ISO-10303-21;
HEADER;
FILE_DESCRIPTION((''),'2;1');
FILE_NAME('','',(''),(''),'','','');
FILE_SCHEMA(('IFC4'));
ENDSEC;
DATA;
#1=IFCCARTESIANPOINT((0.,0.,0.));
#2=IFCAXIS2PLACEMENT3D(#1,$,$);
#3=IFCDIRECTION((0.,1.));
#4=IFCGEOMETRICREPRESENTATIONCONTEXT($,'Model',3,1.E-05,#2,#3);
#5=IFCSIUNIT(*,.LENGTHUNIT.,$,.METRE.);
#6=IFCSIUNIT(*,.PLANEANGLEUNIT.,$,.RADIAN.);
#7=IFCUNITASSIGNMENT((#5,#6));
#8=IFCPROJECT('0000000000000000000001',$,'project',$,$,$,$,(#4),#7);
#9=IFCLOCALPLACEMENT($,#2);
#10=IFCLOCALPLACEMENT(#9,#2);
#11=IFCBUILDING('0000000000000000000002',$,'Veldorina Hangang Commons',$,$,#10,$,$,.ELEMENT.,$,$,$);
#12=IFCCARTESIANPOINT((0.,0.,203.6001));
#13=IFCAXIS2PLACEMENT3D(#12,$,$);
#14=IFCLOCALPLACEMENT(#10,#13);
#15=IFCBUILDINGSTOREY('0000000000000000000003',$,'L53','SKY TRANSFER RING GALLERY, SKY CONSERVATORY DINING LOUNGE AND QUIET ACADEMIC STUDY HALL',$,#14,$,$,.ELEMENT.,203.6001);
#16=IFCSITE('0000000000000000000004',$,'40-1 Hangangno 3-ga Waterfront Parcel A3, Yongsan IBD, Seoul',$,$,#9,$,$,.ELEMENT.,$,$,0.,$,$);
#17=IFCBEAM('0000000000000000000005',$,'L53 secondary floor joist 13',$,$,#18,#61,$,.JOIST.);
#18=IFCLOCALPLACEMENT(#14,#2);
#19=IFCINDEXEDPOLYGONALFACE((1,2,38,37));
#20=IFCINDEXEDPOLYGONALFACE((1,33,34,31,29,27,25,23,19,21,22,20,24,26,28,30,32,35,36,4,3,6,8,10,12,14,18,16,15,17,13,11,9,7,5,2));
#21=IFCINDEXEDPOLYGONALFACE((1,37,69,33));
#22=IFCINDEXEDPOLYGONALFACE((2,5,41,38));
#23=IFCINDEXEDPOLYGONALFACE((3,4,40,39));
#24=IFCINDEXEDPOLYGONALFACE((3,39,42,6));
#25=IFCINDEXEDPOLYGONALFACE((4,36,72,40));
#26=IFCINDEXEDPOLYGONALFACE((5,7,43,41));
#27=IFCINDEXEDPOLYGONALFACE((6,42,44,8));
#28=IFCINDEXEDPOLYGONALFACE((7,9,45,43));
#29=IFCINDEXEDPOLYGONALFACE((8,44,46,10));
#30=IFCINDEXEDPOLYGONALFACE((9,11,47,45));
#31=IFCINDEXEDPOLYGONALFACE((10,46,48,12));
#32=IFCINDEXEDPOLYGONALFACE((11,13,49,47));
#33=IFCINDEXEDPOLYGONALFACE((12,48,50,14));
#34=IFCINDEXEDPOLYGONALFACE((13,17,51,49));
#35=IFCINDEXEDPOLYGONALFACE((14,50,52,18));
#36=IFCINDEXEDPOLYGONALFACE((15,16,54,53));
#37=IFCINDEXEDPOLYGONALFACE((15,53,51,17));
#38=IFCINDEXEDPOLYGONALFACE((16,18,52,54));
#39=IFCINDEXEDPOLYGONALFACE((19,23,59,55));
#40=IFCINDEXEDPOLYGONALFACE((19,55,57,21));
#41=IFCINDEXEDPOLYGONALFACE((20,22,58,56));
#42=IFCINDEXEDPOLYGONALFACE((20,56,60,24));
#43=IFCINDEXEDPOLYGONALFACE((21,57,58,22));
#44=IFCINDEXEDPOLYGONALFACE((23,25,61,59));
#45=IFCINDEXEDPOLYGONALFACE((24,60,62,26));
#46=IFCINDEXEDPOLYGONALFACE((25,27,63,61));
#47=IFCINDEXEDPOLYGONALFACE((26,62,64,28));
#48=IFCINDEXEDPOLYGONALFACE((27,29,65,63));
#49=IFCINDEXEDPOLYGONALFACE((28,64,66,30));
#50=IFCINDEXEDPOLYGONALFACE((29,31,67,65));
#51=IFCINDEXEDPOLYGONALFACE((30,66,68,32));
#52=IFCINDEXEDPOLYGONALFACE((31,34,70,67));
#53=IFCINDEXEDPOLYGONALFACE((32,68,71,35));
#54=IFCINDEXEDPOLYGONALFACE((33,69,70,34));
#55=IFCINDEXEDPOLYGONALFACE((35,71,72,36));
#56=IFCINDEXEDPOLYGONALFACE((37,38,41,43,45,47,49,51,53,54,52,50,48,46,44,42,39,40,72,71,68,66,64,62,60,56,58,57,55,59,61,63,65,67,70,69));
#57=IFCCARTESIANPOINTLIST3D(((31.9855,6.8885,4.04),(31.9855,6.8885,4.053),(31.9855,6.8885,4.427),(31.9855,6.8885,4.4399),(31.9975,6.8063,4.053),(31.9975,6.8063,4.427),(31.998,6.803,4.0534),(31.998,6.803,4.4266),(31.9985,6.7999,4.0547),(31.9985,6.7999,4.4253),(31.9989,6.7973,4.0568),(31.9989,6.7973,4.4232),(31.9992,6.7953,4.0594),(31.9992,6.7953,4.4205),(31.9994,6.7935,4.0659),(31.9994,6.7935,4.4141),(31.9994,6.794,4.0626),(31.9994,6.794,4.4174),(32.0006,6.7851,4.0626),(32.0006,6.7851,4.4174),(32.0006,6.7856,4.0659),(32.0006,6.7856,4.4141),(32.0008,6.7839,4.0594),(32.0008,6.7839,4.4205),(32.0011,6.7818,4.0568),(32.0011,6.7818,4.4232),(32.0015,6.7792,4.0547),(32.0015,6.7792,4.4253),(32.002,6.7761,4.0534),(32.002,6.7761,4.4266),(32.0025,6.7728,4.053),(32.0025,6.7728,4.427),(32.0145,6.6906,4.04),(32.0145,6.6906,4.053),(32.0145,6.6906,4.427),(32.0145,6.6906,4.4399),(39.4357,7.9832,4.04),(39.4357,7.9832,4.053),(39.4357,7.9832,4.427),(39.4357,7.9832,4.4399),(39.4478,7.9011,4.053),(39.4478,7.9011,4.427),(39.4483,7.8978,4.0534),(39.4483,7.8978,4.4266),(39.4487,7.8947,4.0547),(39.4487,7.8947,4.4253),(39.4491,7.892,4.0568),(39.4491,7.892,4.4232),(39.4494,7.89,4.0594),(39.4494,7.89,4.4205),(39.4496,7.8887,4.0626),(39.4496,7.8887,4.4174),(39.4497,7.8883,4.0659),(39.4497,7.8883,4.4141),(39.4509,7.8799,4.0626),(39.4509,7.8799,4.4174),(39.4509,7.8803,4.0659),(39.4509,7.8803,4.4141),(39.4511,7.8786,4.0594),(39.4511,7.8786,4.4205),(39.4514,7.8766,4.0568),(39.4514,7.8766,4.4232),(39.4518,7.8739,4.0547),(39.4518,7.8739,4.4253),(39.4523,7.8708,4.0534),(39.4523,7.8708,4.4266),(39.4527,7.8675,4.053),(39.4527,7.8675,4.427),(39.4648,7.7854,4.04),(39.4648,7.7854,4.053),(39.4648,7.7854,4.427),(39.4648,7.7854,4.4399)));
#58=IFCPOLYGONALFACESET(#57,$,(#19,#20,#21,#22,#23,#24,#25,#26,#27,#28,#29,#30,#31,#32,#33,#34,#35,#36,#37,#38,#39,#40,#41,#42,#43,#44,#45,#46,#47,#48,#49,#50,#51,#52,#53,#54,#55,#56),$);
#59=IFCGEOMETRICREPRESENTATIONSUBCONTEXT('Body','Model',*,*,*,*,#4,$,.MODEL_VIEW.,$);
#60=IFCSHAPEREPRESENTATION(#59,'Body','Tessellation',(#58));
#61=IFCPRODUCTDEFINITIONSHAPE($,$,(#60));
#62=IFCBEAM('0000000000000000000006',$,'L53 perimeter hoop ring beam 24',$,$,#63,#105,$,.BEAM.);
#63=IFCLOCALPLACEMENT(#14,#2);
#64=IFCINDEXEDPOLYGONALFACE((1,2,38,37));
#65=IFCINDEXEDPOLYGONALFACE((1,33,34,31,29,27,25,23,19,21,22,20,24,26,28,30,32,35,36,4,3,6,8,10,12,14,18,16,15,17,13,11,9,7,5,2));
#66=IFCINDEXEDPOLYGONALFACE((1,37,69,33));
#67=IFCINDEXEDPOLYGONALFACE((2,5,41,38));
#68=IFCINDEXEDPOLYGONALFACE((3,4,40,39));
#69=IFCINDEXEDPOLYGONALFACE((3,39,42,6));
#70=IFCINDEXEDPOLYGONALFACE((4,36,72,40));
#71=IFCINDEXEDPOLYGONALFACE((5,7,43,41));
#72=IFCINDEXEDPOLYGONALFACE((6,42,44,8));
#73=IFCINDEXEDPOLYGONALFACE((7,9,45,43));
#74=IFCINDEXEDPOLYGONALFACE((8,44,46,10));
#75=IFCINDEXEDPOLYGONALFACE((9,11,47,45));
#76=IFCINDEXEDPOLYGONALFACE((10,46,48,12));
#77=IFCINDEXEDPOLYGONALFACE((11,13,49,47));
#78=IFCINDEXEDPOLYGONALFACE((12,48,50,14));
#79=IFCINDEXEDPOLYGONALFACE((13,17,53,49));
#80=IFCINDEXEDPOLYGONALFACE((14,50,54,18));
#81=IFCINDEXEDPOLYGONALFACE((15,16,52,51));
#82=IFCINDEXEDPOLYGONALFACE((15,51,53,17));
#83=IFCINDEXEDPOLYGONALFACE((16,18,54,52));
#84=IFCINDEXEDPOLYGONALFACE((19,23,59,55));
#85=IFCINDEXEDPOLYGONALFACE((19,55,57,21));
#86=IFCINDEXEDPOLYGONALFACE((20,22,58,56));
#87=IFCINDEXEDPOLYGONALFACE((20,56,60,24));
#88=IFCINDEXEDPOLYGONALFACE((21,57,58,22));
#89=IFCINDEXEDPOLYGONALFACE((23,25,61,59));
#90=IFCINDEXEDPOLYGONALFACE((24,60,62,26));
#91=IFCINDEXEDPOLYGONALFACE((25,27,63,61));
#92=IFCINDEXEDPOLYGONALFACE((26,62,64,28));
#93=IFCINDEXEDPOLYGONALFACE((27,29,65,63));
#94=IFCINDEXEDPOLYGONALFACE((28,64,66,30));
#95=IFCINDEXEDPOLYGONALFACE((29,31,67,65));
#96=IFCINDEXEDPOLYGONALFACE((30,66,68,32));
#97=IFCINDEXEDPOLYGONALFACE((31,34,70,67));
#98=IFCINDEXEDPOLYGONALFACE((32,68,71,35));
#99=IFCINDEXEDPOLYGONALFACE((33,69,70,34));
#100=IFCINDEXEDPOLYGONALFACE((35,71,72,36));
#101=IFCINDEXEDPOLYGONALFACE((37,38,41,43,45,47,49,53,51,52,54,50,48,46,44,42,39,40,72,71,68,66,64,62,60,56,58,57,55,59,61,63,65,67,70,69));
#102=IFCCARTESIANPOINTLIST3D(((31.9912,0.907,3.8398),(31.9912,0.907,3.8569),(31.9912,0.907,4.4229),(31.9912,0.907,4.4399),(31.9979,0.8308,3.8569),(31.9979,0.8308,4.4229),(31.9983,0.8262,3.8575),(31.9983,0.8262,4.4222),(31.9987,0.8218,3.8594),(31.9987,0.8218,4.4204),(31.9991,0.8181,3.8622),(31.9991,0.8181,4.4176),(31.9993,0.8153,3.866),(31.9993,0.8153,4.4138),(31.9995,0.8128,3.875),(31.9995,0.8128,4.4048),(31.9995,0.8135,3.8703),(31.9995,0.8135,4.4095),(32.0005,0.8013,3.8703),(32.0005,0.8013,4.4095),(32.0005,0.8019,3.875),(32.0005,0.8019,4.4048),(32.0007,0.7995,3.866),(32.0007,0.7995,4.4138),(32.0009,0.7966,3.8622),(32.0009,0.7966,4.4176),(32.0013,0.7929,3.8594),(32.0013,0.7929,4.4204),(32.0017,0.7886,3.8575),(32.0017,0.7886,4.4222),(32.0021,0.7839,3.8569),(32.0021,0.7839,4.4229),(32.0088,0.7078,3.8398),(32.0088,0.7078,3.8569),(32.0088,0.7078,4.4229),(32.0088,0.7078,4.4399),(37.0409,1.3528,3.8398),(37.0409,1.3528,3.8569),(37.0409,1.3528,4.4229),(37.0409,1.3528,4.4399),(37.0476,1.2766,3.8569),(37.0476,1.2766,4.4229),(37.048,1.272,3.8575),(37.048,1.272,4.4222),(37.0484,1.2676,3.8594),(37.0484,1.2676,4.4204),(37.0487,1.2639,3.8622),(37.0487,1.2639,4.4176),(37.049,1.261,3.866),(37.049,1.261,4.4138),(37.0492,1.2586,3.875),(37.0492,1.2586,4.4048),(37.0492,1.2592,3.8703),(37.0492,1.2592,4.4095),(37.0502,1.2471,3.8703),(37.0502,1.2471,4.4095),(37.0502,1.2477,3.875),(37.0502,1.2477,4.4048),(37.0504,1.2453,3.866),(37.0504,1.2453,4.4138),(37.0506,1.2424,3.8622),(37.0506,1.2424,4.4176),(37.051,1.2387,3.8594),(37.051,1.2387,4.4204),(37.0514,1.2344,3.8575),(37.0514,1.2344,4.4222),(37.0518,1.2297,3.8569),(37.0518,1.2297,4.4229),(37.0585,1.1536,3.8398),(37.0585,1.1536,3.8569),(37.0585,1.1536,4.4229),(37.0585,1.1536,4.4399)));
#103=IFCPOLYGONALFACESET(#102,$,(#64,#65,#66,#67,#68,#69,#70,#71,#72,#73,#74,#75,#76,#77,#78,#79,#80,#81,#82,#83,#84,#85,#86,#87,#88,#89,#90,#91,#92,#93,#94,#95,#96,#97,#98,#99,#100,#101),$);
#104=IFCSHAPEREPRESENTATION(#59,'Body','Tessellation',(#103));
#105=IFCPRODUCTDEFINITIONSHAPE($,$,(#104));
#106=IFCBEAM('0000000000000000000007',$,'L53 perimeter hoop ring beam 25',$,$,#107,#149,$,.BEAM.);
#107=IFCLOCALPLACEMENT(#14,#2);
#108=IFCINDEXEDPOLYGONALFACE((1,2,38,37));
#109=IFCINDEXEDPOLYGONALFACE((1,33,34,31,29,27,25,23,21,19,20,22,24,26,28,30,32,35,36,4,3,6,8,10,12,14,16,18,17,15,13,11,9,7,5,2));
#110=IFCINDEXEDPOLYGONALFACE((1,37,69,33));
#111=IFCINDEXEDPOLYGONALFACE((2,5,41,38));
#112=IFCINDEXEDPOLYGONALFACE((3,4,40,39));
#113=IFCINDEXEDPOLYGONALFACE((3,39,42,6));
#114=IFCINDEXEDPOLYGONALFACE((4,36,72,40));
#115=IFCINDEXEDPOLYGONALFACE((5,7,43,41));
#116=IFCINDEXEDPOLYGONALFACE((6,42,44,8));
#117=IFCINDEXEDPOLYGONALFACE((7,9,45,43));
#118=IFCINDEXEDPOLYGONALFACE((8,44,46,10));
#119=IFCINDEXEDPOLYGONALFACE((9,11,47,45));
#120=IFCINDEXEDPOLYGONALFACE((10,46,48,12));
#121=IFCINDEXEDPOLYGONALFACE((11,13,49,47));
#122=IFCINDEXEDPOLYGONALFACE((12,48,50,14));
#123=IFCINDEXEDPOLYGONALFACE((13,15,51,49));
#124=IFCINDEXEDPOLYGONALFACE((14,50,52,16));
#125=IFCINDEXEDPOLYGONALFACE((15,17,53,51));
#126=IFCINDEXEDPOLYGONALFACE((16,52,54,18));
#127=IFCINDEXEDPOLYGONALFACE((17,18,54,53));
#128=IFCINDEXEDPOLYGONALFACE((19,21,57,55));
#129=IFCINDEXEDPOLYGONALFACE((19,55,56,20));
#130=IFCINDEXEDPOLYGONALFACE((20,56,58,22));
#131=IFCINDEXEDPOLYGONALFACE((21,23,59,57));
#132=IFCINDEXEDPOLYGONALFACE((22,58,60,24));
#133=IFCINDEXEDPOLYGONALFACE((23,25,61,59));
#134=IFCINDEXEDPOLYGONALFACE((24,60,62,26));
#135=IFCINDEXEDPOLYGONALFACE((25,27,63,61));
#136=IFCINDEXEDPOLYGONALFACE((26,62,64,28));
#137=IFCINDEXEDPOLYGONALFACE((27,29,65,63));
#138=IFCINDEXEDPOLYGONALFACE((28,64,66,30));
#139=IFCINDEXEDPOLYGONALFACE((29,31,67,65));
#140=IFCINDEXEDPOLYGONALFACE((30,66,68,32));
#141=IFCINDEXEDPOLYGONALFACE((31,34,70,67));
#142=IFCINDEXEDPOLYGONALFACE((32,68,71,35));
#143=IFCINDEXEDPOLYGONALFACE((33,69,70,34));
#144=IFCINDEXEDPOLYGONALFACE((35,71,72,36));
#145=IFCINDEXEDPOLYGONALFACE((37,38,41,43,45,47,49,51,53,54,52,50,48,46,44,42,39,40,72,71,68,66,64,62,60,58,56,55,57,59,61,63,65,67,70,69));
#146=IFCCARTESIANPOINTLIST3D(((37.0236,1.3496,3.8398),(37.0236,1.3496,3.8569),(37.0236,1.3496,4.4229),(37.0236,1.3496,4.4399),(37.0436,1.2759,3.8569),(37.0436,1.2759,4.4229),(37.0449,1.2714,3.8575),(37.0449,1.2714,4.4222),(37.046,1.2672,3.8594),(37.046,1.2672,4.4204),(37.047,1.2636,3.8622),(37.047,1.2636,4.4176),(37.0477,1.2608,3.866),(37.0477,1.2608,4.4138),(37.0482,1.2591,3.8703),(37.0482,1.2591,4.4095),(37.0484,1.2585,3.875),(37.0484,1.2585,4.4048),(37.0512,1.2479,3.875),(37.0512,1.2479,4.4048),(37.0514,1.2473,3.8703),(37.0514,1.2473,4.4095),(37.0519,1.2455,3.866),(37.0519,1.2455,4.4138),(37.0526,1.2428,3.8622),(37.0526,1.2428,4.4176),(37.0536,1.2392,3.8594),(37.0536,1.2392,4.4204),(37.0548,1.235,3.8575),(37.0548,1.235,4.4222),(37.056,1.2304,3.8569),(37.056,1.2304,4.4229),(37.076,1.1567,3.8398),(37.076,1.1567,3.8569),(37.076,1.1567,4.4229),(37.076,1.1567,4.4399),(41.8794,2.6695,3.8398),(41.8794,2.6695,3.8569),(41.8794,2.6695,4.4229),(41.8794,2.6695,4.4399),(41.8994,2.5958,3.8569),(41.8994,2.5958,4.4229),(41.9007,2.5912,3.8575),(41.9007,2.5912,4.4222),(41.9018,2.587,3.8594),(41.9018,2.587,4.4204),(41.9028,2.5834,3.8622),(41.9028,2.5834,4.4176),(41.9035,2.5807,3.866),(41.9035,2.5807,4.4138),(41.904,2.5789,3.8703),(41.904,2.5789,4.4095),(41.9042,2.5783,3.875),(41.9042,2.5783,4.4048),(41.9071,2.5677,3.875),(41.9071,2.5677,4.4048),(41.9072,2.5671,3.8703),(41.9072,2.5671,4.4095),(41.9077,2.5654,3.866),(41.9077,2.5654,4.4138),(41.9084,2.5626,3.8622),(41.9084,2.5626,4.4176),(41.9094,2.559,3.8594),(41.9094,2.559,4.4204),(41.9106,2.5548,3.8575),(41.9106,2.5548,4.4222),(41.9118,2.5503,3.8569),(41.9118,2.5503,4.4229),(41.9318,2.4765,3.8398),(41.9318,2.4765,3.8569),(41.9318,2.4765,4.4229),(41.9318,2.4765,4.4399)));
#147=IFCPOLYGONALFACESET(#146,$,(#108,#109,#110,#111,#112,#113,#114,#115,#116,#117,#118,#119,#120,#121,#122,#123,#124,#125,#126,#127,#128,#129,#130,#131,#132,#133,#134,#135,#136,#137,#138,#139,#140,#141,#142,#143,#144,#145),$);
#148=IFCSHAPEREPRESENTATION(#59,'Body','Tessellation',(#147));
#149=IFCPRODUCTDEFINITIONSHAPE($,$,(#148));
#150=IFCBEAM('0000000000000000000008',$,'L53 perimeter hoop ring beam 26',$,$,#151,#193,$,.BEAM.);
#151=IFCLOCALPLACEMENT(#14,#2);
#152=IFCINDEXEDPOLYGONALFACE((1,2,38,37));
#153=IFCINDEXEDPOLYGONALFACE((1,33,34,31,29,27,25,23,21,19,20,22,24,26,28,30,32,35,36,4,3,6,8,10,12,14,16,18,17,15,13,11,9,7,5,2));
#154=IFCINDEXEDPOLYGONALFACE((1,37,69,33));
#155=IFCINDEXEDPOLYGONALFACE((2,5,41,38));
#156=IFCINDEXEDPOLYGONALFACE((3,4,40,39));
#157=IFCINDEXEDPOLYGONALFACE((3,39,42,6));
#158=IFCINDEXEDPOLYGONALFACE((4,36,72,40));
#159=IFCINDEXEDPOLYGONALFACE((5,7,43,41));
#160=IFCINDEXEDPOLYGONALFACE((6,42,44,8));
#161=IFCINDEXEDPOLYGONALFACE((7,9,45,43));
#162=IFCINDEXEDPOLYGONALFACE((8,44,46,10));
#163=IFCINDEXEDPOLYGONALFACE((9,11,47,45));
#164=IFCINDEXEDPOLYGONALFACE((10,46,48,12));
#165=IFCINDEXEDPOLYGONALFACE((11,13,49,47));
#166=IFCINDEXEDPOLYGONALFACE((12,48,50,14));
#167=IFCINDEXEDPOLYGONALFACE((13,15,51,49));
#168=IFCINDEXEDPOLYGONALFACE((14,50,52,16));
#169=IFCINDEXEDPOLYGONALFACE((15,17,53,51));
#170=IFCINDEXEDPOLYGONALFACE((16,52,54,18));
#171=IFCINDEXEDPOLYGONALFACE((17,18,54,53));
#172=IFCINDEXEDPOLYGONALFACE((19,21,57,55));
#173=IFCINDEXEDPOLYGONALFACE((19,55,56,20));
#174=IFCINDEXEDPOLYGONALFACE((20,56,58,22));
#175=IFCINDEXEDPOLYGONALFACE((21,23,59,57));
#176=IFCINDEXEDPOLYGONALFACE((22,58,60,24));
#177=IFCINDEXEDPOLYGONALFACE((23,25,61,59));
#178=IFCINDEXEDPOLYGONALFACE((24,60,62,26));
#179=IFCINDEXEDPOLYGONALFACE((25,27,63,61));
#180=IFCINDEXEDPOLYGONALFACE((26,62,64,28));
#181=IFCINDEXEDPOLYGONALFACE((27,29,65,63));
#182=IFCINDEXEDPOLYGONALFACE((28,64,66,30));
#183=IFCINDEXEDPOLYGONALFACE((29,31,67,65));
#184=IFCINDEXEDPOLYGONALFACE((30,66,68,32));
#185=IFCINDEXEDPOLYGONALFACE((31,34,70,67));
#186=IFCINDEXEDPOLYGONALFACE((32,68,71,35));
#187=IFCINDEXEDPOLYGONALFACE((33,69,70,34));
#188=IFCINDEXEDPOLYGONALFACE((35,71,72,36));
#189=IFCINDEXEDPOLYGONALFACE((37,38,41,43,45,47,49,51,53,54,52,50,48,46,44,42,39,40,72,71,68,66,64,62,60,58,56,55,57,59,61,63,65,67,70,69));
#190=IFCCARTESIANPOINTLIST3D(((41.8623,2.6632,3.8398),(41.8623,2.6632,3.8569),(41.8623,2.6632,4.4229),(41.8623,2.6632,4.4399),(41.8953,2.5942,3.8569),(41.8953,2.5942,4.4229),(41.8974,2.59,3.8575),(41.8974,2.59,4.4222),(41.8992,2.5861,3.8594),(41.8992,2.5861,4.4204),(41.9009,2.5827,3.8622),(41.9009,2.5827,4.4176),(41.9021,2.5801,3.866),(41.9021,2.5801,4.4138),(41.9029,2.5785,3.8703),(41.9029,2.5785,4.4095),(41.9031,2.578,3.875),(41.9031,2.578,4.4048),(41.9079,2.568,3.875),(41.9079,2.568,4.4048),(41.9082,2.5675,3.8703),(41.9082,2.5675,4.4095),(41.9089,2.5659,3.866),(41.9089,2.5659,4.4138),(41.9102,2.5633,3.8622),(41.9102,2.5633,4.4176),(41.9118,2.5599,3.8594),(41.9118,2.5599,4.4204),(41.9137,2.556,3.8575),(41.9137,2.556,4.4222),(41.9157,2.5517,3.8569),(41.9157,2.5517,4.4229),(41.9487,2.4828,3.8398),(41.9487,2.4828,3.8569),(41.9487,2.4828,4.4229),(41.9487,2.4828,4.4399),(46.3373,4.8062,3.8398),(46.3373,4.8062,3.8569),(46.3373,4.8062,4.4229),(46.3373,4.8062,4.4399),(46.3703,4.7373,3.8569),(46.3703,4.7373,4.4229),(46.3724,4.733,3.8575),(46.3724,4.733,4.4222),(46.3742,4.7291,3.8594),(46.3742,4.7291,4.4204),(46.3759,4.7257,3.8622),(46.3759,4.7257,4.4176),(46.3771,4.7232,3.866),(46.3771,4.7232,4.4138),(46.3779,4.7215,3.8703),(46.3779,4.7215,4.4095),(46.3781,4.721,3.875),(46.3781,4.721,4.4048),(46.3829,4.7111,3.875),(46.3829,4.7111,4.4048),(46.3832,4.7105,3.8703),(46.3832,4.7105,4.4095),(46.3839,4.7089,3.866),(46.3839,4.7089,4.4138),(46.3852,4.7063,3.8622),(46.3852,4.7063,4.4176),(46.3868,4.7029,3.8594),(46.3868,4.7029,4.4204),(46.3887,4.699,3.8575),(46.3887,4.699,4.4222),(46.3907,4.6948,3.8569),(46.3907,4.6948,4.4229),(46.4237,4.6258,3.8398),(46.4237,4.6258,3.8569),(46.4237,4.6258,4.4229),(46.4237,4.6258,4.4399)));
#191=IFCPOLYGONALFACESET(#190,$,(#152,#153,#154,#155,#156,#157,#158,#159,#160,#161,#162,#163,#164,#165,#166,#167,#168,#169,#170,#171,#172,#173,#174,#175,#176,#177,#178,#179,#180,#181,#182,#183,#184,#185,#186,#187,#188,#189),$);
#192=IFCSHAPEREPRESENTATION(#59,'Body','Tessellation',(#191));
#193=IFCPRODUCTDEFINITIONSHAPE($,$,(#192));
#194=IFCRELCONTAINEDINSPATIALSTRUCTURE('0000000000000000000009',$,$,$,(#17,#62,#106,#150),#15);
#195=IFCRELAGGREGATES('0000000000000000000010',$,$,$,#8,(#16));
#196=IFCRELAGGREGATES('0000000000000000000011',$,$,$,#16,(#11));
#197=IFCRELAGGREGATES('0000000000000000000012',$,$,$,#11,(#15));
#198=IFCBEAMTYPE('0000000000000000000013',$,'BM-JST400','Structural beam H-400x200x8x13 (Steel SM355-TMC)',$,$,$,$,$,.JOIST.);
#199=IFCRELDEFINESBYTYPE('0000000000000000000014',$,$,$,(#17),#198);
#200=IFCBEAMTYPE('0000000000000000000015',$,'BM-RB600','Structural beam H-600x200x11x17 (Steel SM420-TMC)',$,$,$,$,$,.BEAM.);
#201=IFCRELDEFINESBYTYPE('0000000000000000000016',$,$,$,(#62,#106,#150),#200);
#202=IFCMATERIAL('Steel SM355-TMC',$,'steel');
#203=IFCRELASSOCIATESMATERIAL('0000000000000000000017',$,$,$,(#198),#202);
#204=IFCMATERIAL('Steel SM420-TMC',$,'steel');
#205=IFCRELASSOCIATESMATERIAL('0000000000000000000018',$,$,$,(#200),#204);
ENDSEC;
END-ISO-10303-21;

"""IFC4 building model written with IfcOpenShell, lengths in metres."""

from ifc_helpers import new_model, si_unit, direction, frame, origin, origin_2d, place, context, subcontext, project, spatial, i_section, extrude, material, material_profile, profile_set, type_object, element, save


model = new_model("IFC4")

# Units and contexts
model_context = context("Model", 3, precision=1e-05, world=origin(), true_north=direction((0.0, 1.0)))
body_context = subcontext(model_context, "Body", "Model", "MODEL_VIEW")
ifc_project = project(units=[si_unit("LENGTHUNIT", "METRE"), si_unit("PLANEANGLEUNIT", "RADIAN")], contexts=[model_context])

# Site, building, storey
site_placement = place(None, origin())
site = spatial("IfcSite", under=ifc_project, at=site_placement, Name="40-1 Hangangno 3-ga Waterfront Parcel A3, Yongsan IBD, Seoul", CompositionType="ELEMENT", RefElevation=0.0)
building_placement = place(site_placement, origin())
building = spatial("IfcBuilding", under=site, at=building_placement, Name="Veldorina Hangang Commons", CompositionType="ELEMENT")
storey_placement = place(building_placement, frame((0.0, 0.0, 203.6001)))
storey = spatial("IfcBuildingStorey", under=building, at=storey_placement, Name="L53", Description="SKY TRANSFER RING GALLERY, SKY CONSERVATORY DINING LOUNGE AND QUIET ACADEMIC STUDY HALL", CompositionType="ELEMENT", Elevation=203.6001)

# Beams
ifc_material_1 = material(Name="Steel SM355-TMC", Category="steel")
ifc_material_profile_1 = material_profile(ifc_material_1, i_section(OverallWidth=0.2, OverallDepth=0.3999, WebThickness=0.0081, FlangeThickness=0.0129, FilletRadius=0.0129, at=origin_2d()), Name="H-400x200x8x13")
ifc_profile_set_1 = profile_set([ifc_material_profile_1], Name="Steel SM355-TMC")
beam_type_1 = type_object("IfcBeamType", Name="BM-JST400", Description="Structural beam H-400x200x8x13 (Steel SM355-TMC)", PredefinedType="JOIST", material=ifc_profile_set_1)
beam_1_placement = place(storey_placement, frame((32.0, 6.7896, 4.24), z_axis=(0.989376, 0.145378, 0.0), x_axis=(-0.145378, 0.989376, 0.0)))
element("IfcBeam", 1, at=beam_1_placement, inside=storey, type_object=beam_type_1, Name="L53 secondary floor joist 13", PredefinedType="JOIST", context=body_context, shape_type="SweptSolid", body=[
    extrude(i_section(OverallWidth=0.2, OverallDepth=0.3999, WebThickness=0.0081, FlangeThickness=0.0129, FilletRadius=0.0129, at=origin_2d()), origin(), (0.0, 0.0, 1.0), 7.5303),
])
ifc_material_2 = material(Name="Steel SM420-TMC", Category="steel")
ifc_material_profile_2 = material_profile(ifc_material_2, i_section(OverallWidth=0.2, OverallDepth=0.6001, WebThickness=0.011, FlangeThickness=0.0171, FilletRadius=0.0181, at=origin_2d()), Name="H-600x200x11x17")
ifc_profile_set_2 = profile_set([ifc_material_profile_2], Name="Steel SM420-TMC")
beam_type_2 = type_object("IfcBeamType", Name="BM-RB600", Description="Structural beam H-600x200x11x17 (Steel SM420-TMC)", PredefinedType="BEAM", material=ifc_profile_set_2)
beam_2_placement = place(storey_placement, frame((32.0, 0.8074, 4.1399), z_axis=(0.996126, 0.087939, 0.0), x_axis=(-0.087939, 0.996126, 0.0)))
element("IfcBeam", 2, at=beam_2_placement, inside=storey, type_object=beam_type_2, Name="L53 perimeter hoop ring beam 24", PredefinedType="BEAM", context=body_context, shape_type="SweptSolid", body=[
    extrude(i_section(OverallWidth=0.2, OverallDepth=0.6001, WebThickness=0.011, FlangeThickness=0.0171, FilletRadius=0.0181, at=origin_2d()), origin(), (0.0, 0.0, 1.0), 5.0693),
])
beam_3_placement = place(storey_placement, frame((37.0498, 1.2532, 4.1399), z_axis=(0.964989, 0.262292, 0.0), x_axis=(-0.262292, 0.964989, 0.0)))
element("IfcBeam", 3, at=beam_3_placement, inside=storey, type_object=beam_type_2, Name="L53 perimeter hoop ring beam 25", PredefinedType="BEAM", context=body_context, shape_type="SweptSolid", body=[
    extrude(i_section(OverallWidth=0.2, OverallDepth=0.6001, WebThickness=0.011, FlangeThickness=0.0171, FilletRadius=0.0181, at=origin_2d()), origin(), (0.0, 0.0, 1.0), 5.032),
])
beam_4_placement = place(storey_placement, frame((41.9055, 2.573, 4.1399), z_axis=(0.901914, 0.431915, 0.0), x_axis=(-0.431915, 0.901914, 0.0)))
element("IfcBeam", 4, at=beam_4_placement, inside=storey, type_object=beam_type_2, Name="L53 perimeter hoop ring beam 26", PredefinedType="BEAM", context=body_context, shape_type="SweptSolid", body=[
    extrude(i_section(OverallWidth=0.2, OverallDepth=0.6001, WebThickness=0.011, FlangeThickness=0.0171, FilletRadius=0.0181, at=origin_2d()), origin(), (0.0, 0.0, 1.0), 4.9617),
])

save(model, "model.ifc")
